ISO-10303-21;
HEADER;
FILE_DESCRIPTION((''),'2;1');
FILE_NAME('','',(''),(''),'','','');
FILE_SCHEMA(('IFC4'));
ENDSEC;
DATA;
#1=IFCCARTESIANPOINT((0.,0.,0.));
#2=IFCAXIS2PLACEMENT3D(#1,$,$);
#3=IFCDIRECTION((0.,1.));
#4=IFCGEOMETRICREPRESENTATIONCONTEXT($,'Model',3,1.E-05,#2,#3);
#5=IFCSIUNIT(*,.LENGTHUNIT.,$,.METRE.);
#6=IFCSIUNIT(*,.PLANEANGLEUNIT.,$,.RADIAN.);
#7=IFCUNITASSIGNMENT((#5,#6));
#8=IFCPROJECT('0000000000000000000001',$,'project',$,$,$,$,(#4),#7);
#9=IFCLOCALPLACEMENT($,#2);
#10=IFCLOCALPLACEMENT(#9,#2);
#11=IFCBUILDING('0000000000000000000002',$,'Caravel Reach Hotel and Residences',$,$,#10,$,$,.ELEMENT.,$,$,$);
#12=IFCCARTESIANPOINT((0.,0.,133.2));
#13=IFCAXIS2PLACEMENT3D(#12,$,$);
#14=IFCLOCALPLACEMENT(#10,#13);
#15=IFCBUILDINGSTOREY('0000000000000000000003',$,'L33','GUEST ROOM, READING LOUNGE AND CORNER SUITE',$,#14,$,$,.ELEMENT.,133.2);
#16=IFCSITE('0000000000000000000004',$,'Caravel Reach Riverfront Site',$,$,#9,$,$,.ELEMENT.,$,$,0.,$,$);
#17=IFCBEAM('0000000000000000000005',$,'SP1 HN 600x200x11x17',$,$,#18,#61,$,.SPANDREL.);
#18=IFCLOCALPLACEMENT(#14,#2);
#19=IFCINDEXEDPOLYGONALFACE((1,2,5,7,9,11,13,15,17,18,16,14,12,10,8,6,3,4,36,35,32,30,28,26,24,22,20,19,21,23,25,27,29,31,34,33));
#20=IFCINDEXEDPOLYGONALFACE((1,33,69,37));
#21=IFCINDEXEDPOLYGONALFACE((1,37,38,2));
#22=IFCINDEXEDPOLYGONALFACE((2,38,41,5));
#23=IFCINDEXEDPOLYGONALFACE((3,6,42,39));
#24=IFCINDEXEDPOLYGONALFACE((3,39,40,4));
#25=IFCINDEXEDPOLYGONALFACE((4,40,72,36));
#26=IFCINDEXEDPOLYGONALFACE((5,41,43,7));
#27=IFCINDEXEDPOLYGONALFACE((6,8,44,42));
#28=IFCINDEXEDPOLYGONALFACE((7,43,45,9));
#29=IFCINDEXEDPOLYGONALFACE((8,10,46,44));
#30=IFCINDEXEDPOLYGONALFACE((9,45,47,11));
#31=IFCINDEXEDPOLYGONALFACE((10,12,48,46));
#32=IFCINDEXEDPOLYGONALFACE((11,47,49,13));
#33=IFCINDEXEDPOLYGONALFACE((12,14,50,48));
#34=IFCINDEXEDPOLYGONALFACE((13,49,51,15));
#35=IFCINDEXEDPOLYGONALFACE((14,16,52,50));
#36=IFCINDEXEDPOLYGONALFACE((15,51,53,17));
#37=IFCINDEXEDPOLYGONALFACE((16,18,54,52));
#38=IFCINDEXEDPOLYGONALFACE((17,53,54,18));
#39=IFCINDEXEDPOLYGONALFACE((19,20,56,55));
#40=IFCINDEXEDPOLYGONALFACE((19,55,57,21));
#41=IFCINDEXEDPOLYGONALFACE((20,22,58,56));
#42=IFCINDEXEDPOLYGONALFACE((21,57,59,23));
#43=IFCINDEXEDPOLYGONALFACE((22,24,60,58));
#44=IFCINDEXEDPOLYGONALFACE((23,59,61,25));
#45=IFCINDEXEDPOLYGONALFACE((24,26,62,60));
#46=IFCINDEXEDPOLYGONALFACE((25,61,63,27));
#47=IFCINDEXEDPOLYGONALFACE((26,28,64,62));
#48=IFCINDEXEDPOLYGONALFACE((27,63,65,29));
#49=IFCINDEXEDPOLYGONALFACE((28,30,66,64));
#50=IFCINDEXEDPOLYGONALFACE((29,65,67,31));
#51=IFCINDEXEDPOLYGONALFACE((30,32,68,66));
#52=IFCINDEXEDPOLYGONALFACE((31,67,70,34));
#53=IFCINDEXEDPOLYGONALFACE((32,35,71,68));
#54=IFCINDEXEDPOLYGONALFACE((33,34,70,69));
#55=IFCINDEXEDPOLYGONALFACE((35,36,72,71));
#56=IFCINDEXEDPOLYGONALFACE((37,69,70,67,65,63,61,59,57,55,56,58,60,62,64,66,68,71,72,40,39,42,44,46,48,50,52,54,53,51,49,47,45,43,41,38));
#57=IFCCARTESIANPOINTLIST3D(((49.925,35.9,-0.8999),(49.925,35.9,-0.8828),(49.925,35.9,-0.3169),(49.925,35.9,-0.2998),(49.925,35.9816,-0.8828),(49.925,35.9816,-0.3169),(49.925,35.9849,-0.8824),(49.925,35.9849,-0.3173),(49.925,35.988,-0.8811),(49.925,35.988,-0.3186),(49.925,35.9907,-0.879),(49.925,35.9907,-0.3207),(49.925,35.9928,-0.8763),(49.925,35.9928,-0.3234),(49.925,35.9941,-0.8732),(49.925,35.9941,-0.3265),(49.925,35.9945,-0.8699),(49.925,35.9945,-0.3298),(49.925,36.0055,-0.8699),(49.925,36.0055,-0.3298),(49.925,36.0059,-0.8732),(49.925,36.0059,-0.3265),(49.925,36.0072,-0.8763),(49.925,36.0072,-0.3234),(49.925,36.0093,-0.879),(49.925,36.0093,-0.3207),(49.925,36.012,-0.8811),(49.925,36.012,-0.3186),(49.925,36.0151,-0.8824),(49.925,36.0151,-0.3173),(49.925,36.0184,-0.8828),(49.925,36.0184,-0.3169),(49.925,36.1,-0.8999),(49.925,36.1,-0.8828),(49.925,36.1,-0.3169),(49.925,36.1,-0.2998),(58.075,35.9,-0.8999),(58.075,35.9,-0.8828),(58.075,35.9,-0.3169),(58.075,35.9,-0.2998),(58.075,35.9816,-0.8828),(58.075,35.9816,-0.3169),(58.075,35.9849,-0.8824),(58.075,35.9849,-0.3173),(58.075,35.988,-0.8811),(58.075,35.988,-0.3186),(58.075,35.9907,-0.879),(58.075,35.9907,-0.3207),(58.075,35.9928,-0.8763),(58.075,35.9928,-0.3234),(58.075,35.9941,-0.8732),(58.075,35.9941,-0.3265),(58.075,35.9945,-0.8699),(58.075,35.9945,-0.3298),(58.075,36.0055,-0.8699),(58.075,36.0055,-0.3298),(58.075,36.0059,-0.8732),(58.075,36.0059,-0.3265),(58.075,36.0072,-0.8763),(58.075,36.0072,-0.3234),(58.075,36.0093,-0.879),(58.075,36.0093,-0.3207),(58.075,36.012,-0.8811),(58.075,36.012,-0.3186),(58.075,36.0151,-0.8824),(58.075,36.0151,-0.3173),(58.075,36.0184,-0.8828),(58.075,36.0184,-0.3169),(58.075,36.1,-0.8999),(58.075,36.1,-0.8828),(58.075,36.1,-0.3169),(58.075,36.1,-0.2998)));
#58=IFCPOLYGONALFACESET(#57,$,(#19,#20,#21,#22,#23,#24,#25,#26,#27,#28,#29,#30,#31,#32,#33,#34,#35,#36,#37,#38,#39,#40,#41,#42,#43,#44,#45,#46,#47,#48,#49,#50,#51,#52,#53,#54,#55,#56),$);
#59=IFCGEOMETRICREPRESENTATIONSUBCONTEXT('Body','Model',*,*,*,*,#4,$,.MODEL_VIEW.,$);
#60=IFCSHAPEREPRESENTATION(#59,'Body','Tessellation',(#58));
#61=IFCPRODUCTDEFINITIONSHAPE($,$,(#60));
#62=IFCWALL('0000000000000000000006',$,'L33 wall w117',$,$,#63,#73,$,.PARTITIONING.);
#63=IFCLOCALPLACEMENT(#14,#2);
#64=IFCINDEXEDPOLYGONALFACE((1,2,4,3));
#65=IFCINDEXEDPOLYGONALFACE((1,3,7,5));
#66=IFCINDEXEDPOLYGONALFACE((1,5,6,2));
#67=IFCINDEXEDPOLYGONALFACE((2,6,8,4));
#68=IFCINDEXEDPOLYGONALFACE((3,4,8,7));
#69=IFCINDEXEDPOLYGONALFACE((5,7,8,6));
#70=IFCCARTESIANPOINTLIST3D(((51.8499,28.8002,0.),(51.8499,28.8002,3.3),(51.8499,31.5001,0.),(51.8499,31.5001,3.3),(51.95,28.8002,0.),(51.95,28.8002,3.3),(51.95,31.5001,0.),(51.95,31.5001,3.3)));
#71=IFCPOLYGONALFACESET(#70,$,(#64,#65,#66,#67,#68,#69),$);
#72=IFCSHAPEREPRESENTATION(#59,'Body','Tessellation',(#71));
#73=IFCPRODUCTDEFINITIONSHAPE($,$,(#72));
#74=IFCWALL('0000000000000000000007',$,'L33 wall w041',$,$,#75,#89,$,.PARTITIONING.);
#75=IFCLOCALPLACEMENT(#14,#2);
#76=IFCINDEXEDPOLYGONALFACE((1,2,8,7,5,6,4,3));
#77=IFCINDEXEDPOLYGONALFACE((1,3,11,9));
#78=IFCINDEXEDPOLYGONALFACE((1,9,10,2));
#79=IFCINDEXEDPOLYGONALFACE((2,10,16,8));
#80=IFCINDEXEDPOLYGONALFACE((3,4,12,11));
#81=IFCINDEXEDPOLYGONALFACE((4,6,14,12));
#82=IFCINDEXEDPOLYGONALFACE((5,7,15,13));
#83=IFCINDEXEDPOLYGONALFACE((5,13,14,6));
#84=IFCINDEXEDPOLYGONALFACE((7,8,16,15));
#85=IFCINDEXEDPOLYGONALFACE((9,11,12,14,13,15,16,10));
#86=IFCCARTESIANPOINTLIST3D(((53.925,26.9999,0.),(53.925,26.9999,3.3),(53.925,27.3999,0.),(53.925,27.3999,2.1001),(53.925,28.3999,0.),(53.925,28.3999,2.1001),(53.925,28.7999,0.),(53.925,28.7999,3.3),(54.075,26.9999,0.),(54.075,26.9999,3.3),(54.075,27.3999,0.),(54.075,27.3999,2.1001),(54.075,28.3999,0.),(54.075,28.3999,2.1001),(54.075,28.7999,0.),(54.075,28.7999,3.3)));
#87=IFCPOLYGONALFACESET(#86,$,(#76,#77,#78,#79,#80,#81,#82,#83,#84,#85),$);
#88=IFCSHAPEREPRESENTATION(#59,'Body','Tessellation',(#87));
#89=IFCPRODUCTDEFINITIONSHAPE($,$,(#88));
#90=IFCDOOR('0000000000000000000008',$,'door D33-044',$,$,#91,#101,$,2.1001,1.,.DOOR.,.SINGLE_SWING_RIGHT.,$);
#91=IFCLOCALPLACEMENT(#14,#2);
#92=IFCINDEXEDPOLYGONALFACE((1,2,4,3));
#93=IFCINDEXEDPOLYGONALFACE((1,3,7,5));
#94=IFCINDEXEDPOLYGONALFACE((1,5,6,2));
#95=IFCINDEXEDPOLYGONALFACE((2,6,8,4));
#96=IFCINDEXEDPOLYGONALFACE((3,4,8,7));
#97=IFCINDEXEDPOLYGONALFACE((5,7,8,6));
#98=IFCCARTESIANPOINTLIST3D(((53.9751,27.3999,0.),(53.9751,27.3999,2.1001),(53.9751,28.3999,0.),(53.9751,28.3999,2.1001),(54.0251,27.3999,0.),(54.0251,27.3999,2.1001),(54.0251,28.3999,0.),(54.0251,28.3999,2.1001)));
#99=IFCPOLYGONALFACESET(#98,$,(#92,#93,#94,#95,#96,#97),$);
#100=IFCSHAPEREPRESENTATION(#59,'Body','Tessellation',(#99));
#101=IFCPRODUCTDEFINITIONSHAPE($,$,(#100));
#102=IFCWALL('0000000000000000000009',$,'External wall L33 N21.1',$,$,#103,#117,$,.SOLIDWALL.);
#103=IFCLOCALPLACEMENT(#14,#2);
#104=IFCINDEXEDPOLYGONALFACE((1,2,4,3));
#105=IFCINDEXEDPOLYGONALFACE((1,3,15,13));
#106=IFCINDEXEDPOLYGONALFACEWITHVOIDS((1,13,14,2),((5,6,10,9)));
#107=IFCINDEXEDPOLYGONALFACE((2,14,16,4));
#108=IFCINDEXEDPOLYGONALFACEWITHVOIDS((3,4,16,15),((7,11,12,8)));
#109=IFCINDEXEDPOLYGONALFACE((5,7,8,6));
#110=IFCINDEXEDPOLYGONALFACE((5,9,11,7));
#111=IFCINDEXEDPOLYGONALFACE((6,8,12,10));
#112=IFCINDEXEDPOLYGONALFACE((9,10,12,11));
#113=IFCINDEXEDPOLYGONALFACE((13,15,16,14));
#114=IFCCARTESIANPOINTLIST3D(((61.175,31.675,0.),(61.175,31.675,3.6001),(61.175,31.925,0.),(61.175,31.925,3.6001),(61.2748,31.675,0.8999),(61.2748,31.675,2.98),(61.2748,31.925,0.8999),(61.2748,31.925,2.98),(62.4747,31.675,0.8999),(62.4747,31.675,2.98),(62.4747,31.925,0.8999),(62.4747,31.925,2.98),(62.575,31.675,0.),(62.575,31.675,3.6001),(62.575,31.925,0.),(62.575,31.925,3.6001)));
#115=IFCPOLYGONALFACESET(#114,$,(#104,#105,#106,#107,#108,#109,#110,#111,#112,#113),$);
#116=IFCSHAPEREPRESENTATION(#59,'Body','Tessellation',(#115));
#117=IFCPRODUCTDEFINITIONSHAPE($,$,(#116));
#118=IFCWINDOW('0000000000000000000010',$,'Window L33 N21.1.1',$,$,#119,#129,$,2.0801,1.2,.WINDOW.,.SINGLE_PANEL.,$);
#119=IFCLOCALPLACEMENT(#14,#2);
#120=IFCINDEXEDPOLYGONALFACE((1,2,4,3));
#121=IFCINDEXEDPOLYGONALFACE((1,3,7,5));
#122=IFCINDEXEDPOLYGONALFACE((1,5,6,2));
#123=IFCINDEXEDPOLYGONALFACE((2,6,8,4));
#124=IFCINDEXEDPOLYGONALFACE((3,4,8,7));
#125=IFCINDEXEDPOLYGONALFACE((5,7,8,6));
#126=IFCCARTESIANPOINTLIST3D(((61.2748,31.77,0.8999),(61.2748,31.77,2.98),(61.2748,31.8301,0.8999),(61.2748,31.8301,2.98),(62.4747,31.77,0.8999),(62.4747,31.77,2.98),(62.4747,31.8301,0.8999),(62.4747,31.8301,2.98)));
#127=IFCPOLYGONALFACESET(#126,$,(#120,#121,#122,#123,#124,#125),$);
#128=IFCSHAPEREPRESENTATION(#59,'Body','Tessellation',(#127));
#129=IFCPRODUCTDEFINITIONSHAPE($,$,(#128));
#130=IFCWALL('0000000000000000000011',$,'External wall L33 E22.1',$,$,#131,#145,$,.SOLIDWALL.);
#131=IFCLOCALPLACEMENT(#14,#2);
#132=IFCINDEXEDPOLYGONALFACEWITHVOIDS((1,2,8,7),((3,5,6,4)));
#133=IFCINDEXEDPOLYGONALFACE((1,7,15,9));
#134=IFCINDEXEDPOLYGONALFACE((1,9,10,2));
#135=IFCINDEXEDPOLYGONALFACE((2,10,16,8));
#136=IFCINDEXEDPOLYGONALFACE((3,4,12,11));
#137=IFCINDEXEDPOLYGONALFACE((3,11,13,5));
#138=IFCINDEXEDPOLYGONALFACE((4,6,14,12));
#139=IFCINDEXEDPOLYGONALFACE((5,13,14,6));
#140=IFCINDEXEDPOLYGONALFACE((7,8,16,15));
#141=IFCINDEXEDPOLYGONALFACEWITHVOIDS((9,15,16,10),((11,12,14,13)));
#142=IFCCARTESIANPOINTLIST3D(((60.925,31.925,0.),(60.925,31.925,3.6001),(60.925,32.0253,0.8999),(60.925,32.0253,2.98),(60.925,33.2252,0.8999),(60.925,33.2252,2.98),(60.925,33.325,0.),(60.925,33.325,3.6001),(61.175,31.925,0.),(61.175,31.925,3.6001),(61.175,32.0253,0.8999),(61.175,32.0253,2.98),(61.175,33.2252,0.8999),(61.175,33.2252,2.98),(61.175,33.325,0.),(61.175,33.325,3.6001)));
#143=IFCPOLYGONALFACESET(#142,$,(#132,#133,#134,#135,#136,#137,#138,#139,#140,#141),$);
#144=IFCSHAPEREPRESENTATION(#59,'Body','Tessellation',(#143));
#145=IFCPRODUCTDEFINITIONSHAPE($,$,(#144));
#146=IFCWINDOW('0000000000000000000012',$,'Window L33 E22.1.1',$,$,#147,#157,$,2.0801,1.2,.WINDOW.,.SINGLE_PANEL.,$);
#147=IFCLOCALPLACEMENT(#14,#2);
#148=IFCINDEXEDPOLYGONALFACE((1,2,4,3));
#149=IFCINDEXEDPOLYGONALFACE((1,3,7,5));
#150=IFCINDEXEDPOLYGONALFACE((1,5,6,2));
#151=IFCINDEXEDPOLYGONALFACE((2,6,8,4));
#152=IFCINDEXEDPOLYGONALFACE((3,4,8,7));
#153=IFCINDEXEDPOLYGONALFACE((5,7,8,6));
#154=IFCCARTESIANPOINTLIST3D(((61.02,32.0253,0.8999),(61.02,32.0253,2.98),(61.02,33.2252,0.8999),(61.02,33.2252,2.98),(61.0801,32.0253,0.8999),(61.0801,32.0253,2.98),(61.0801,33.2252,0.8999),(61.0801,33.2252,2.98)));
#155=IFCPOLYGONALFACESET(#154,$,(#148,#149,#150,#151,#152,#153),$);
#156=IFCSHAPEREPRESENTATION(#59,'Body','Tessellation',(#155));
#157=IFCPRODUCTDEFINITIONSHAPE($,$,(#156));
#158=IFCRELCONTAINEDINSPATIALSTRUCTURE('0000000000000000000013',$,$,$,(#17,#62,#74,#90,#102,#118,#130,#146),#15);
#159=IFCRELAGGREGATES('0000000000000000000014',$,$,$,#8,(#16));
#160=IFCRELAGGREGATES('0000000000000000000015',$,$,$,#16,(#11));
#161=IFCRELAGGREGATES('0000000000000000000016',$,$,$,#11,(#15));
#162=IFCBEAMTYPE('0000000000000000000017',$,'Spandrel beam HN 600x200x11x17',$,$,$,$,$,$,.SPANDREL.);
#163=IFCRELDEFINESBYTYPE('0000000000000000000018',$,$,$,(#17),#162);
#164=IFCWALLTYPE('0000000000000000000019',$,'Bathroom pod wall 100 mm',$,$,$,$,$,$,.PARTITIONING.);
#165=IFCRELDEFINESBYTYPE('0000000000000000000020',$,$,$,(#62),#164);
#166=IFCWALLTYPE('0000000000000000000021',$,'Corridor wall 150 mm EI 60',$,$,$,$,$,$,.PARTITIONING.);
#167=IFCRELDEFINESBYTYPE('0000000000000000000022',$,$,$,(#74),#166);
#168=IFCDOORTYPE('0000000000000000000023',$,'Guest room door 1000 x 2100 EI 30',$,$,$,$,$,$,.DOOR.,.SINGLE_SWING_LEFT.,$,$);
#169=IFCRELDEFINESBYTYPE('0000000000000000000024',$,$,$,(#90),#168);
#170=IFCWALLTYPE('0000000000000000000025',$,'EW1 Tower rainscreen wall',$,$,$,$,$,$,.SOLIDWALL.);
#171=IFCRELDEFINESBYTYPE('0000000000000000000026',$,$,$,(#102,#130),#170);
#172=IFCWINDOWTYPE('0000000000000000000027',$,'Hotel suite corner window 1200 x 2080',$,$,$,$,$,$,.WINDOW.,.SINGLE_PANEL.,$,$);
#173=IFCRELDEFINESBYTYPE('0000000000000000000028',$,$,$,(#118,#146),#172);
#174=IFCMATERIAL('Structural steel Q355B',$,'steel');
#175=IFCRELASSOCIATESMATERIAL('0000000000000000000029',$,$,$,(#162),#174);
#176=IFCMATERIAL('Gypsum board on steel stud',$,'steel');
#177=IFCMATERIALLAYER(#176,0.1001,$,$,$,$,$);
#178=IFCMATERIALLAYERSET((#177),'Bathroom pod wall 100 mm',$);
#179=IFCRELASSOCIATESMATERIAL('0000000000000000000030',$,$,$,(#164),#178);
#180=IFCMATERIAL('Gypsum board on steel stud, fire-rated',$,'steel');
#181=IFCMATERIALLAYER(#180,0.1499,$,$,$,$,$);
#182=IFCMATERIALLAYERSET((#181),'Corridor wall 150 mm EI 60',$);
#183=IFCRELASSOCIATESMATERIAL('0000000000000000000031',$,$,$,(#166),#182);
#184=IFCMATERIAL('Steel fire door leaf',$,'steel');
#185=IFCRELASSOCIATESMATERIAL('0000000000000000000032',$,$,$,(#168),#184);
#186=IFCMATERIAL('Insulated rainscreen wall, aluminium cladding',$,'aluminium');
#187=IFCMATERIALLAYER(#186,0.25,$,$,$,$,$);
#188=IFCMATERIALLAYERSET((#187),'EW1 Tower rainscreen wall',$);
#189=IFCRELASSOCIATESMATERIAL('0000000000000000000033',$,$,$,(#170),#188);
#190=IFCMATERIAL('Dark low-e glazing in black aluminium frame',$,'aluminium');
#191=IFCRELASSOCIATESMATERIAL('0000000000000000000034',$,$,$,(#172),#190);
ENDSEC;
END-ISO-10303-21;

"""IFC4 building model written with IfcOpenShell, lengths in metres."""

from ifc_helpers import new_model, si_unit, direction, frame, frame_2d, origin, origin_2d, place, context, subcontext, project, spatial, rectangle, i_section, extrude, material, layer, layer_set, material_profile, profile_set, type_object, element, fill, save


model = new_model("IFC4")

# Units and contexts
model_context = context("Model", 3, precision=1e-05, world=origin(), true_north=direction((0.0, 1.0)))
body_context = subcontext(model_context, "Body", "Model", "MODEL_VIEW")
ifc_project = project(units=[si_unit("LENGTHUNIT", "METRE"), si_unit("PLANEANGLEUNIT", "RADIAN")], contexts=[model_context])

# Site, building, storey
site_placement = place(None, origin())
site = spatial("IfcSite", under=ifc_project, at=site_placement, Name="Caravel Reach Riverfront Site", CompositionType="ELEMENT", RefElevation=0.0)
building_placement = place(site_placement, origin())
building = spatial("IfcBuilding", under=site, at=building_placement, Name="Caravel Reach Hotel and Residences", CompositionType="ELEMENT")
storey_placement = place(building_placement, frame((0.0, 0.0, 133.2)))
storey = spatial("IfcBuildingStorey", under=building, at=storey_placement, Name="L33", Description="GUEST ROOM, READING LOUNGE AND CORNER SUITE", CompositionType="ELEMENT", Elevation=133.2)

# Beam
ifc_material_1 = material(Name="Structural steel Q355B", Category="steel")
ifc_material_profile_1 = material_profile(ifc_material_1, i_section(OverallWidth=0.2, OverallDepth=0.6001, WebThickness=0.011, FlangeThickness=0.0171, FilletRadius=0.0129, at=origin_2d()), Name="HN 600x200x11x17")
ifc_profile_set_1 = profile_set([ifc_material_profile_1], Name="Structural steel Q355B")
beam_type_1 = type_object("IfcBeamType", Name="Spandrel beam HN 600x200x11x17", PredefinedType="SPANDREL", material=ifc_profile_set_1)
beam_1_placement = place(storey_placement, frame((58.075, 36.0, -0.5999), z_axis=(-1.0, 0.0, 0.0), x_axis=(0.0, -1.0, 0.0)))
element("IfcBeam", 1, at=beam_1_placement, inside=storey, type_object=beam_type_1, Name="SP1 HN 600x200x11x17", PredefinedType="SPANDREL", context=body_context, shape_type="SweptSolid", body=[
    extrude(i_section(OverallWidth=0.2, OverallDepth=0.6001, WebThickness=0.011, FlangeThickness=0.0171, FilletRadius=0.0129, at=origin_2d()), origin(), (0.0, 0.0, 1.0), 8.1499),
])

# Wall
ifc_material_2 = material(Name="Gypsum board on steel stud", Category="steel")
ifc_layer_1 = layer(ifc_material_2, 0.1001)
ifc_layer_set_1 = layer_set([ifc_layer_1], Name="Bathroom pod wall 100 mm")
wall_type_1 = type_object("IfcWallType", Name="Bathroom pod wall 100 mm", PredefinedType="PARTITIONING", material=ifc_layer_set_1)
wall_1_placement = place(storey_placement, frame((51.8999, 28.8, 0.0), z_axis=(0.0, 0.0, 1.0), x_axis=(0.0, 1.0, 0.0)))
element("IfcWall", 2, at=wall_1_placement, inside=storey, type_object=wall_type_1, Name="L33 wall w117", PredefinedType="PARTITIONING", context=body_context, shape_type="SweptSolid", body=[
    extrude(rectangle(XDim=2.7, YDim=0.1001, at=frame_2d((1.3501, 0.0))), origin(), (0.0, 0.0, 1.0), 3.3),
])

# Wall, opening, door
ifc_material_3 = material(Name="Gypsum board on steel stud, fire-rated", Category="steel")
ifc_layer_2 = layer(ifc_material_3, 0.1499)
ifc_layer_set_2 = layer_set([ifc_layer_2], Name="Corridor wall 150 mm EI 60")
wall_type_2 = type_object("IfcWallType", Name="Corridor wall 150 mm EI 60", PredefinedType="PARTITIONING", material=ifc_layer_set_2)
wall_2_placement = place(storey_placement, frame((54.0, 27.0, 0.0), z_axis=(0.0, 0.0, 1.0), x_axis=(0.0, 1.0, 0.0)))
wall_2 = element("IfcWall", 3, at=wall_2_placement, inside=storey, type_object=wall_type_2, Name="L33 wall w041", PredefinedType="PARTITIONING", context=body_context, shape_type="SweptSolid", body=[
    extrude(rectangle(XDim=1.8, YDim=0.1499, at=frame_2d((0.8999, 0.0))), origin(), (0.0, 0.0, 1.0), 3.3),
])
opening_1_placement = place(wall_2_placement, frame((0.3999, 0.0, 0.0)))
opening_1 = element("IfcOpeningElement", 4, at=opening_1_placement, cuts=wall_2, PredefinedType="OPENING", context=body_context, shape_type="SweptSolid", body=[
    extrude(rectangle(XDim=1.0, YDim=2.1001, at=frame_2d((0.5, 1.05))), frame((0.0, 0.085, 0.0), z_axis=(0.0, -1.0, 0.0), x_axis=(1.0, 0.0, 0.0)), (0.0, 0.0, 1.0), 0.1699),
])
ifc_material_4 = material(Name="Steel fire door leaf", Category="steel")
door_type = type_object("IfcDoorType", Name="Guest room door 1000 x 2100 EI 30", OperationType="SINGLE_SWING_LEFT", PredefinedType="DOOR", material=ifc_material_4)
door_placement = place(opening_1_placement, origin())
door = element("IfcDoor", 5, at=door_placement, inside=storey, type_object=door_type, Name="door D33-044", OperationType="SINGLE_SWING_RIGHT", OverallHeight=2.1001, OverallWidth=1.0, PredefinedType="DOOR", context=body_context, shape_type="SweptSolid", body=[
    extrude(rectangle(XDim=1.0, YDim=2.1001, at=frame_2d((0.5, 1.05))), frame((0.0, 0.0249, 0.0), z_axis=(0.0, -1.0, 0.0), x_axis=(1.0, 0.0, 0.0)), (0.0, 0.0, 1.0), 0.05),
])
fill(opening_1, door)

# Walls, openings, windows
ifc_material_5 = material(Name="Insulated rainscreen wall, aluminium cladding", Category="aluminium")
ifc_layer_3 = layer(ifc_material_5, 0.25)
ifc_layer_set_3 = layer_set([ifc_layer_3], Name="EW1 Tower rainscreen wall")
wall_type_3 = type_object("IfcWallType", Name="EW1 Tower rainscreen wall", PredefinedType="SOLIDWALL", material=ifc_layer_set_3)
wall_3_placement = place(storey_placement, frame((62.575, 31.8, 0.0), z_axis=(0.0, 0.0, 1.0), x_axis=(-1.0, 0.0, 0.0)))
wall_3 = element("IfcWall", 6, at=wall_3_placement, inside=storey, type_object=wall_type_3, Name="External wall L33 N21.1", PredefinedType="SOLIDWALL", context=body_context, shape_type="SweptSolid", body=[
    extrude(rectangle(XDim=1.3999, YDim=0.25, at=frame_2d((0.7, 0.0))), origin(), (0.0, 0.0, 1.0), 3.6001),
])
opening_2_placement = place(wall_3_placement, frame((0.1001, 0.0, 0.8999)))
opening_2 = element("IfcOpeningElement", 7, at=opening_2_placement, cuts=wall_3, PredefinedType="OPENING", context=body_context, shape_type="SweptSolid", body=[
    extrude(rectangle(XDim=1.2, YDim=2.0801, at=frame_2d((0.6001, 1.04))), frame((0.0, 0.135, 0.0), z_axis=(0.0, -1.0, 0.0), x_axis=(1.0, 0.0, 0.0)), (0.0, 0.0, 1.0), 0.27),
])
ifc_material_6 = material(Name="Dark low-e glazing in black aluminium frame", Category="aluminium")
window_type_1 = type_object("IfcWindowType", Name="Hotel suite corner window 1200 x 2080", PartitioningType="SINGLE_PANEL", PredefinedType="WINDOW", material=ifc_material_6)
window_1_placement = place(opening_2_placement, origin())
window_1 = element("IfcWindow", 8, at=window_1_placement, inside=storey, type_object=window_type_1, Name="Window L33 N21.1.1", OverallHeight=2.0801, OverallWidth=1.2, PartitioningType="SINGLE_PANEL", PredefinedType="WINDOW", context=body_context, shape_type="SweptSolid", body=[
    extrude(rectangle(XDim=1.2, YDim=2.0801, at=frame_2d((0.6001, 1.04))), frame((0.0, 0.03, 0.0), z_axis=(0.0, -1.0, 0.0), x_axis=(1.0, 0.0, 0.0)), (0.0, 0.0, 1.0), 0.0601),
])
fill(opening_2, window_1)
wall_4_placement = place(storey_placement, frame((61.05, 31.925, 0.0), z_axis=(0.0, 0.0, 1.0), x_axis=(0.0, 1.0, 0.0)))
wall_4 = element("IfcWall", 9, at=wall_4_placement, inside=storey, type_object=wall_type_3, Name="External wall L33 E22.1", PredefinedType="SOLIDWALL", context=body_context, shape_type="SweptSolid", body=[
    extrude(rectangle(XDim=1.3999, YDim=0.25, at=frame_2d((0.7, 0.0))), origin(), (0.0, 0.0, 1.0), 3.6001),
])
opening_3_placement = place(wall_4_placement, frame((0.1001, 0.0, 0.8999)))
opening_3 = element("IfcOpeningElement", 10, at=opening_3_placement, cuts=wall_4, PredefinedType="OPENING", context=body_context, shape_type="SweptSolid", body=[
    extrude(rectangle(XDim=1.2, YDim=2.0801, at=frame_2d((0.6001, 1.04))), frame((0.0, 0.135, 0.0), z_axis=(0.0, -1.0, 0.0), x_axis=(1.0, 0.0, 0.0)), (0.0, 0.0, 1.0), 0.27),
])
window_2_placement = place(opening_3_placement, origin())
window_2 = element("IfcWindow", 11, at=window_2_placement, inside=storey, type_object=window_type_1, Name="Window L33 E22.1.1", OverallHeight=2.0801, OverallWidth=1.2, PartitioningType="SINGLE_PANEL", PredefinedType="WINDOW", context=body_context, shape_type="SweptSolid", body=[
    extrude(rectangle(XDim=1.2, YDim=2.0801, at=frame_2d((0.6001, 1.04))), frame((0.0, 0.03, 0.0), z_axis=(0.0, -1.0, 0.0), x_axis=(1.0, 0.0, 0.0)), (0.0, 0.0, 1.0), 0.0601),
])
fill(opening_3, window_2)

save(model, "model.ifc")
